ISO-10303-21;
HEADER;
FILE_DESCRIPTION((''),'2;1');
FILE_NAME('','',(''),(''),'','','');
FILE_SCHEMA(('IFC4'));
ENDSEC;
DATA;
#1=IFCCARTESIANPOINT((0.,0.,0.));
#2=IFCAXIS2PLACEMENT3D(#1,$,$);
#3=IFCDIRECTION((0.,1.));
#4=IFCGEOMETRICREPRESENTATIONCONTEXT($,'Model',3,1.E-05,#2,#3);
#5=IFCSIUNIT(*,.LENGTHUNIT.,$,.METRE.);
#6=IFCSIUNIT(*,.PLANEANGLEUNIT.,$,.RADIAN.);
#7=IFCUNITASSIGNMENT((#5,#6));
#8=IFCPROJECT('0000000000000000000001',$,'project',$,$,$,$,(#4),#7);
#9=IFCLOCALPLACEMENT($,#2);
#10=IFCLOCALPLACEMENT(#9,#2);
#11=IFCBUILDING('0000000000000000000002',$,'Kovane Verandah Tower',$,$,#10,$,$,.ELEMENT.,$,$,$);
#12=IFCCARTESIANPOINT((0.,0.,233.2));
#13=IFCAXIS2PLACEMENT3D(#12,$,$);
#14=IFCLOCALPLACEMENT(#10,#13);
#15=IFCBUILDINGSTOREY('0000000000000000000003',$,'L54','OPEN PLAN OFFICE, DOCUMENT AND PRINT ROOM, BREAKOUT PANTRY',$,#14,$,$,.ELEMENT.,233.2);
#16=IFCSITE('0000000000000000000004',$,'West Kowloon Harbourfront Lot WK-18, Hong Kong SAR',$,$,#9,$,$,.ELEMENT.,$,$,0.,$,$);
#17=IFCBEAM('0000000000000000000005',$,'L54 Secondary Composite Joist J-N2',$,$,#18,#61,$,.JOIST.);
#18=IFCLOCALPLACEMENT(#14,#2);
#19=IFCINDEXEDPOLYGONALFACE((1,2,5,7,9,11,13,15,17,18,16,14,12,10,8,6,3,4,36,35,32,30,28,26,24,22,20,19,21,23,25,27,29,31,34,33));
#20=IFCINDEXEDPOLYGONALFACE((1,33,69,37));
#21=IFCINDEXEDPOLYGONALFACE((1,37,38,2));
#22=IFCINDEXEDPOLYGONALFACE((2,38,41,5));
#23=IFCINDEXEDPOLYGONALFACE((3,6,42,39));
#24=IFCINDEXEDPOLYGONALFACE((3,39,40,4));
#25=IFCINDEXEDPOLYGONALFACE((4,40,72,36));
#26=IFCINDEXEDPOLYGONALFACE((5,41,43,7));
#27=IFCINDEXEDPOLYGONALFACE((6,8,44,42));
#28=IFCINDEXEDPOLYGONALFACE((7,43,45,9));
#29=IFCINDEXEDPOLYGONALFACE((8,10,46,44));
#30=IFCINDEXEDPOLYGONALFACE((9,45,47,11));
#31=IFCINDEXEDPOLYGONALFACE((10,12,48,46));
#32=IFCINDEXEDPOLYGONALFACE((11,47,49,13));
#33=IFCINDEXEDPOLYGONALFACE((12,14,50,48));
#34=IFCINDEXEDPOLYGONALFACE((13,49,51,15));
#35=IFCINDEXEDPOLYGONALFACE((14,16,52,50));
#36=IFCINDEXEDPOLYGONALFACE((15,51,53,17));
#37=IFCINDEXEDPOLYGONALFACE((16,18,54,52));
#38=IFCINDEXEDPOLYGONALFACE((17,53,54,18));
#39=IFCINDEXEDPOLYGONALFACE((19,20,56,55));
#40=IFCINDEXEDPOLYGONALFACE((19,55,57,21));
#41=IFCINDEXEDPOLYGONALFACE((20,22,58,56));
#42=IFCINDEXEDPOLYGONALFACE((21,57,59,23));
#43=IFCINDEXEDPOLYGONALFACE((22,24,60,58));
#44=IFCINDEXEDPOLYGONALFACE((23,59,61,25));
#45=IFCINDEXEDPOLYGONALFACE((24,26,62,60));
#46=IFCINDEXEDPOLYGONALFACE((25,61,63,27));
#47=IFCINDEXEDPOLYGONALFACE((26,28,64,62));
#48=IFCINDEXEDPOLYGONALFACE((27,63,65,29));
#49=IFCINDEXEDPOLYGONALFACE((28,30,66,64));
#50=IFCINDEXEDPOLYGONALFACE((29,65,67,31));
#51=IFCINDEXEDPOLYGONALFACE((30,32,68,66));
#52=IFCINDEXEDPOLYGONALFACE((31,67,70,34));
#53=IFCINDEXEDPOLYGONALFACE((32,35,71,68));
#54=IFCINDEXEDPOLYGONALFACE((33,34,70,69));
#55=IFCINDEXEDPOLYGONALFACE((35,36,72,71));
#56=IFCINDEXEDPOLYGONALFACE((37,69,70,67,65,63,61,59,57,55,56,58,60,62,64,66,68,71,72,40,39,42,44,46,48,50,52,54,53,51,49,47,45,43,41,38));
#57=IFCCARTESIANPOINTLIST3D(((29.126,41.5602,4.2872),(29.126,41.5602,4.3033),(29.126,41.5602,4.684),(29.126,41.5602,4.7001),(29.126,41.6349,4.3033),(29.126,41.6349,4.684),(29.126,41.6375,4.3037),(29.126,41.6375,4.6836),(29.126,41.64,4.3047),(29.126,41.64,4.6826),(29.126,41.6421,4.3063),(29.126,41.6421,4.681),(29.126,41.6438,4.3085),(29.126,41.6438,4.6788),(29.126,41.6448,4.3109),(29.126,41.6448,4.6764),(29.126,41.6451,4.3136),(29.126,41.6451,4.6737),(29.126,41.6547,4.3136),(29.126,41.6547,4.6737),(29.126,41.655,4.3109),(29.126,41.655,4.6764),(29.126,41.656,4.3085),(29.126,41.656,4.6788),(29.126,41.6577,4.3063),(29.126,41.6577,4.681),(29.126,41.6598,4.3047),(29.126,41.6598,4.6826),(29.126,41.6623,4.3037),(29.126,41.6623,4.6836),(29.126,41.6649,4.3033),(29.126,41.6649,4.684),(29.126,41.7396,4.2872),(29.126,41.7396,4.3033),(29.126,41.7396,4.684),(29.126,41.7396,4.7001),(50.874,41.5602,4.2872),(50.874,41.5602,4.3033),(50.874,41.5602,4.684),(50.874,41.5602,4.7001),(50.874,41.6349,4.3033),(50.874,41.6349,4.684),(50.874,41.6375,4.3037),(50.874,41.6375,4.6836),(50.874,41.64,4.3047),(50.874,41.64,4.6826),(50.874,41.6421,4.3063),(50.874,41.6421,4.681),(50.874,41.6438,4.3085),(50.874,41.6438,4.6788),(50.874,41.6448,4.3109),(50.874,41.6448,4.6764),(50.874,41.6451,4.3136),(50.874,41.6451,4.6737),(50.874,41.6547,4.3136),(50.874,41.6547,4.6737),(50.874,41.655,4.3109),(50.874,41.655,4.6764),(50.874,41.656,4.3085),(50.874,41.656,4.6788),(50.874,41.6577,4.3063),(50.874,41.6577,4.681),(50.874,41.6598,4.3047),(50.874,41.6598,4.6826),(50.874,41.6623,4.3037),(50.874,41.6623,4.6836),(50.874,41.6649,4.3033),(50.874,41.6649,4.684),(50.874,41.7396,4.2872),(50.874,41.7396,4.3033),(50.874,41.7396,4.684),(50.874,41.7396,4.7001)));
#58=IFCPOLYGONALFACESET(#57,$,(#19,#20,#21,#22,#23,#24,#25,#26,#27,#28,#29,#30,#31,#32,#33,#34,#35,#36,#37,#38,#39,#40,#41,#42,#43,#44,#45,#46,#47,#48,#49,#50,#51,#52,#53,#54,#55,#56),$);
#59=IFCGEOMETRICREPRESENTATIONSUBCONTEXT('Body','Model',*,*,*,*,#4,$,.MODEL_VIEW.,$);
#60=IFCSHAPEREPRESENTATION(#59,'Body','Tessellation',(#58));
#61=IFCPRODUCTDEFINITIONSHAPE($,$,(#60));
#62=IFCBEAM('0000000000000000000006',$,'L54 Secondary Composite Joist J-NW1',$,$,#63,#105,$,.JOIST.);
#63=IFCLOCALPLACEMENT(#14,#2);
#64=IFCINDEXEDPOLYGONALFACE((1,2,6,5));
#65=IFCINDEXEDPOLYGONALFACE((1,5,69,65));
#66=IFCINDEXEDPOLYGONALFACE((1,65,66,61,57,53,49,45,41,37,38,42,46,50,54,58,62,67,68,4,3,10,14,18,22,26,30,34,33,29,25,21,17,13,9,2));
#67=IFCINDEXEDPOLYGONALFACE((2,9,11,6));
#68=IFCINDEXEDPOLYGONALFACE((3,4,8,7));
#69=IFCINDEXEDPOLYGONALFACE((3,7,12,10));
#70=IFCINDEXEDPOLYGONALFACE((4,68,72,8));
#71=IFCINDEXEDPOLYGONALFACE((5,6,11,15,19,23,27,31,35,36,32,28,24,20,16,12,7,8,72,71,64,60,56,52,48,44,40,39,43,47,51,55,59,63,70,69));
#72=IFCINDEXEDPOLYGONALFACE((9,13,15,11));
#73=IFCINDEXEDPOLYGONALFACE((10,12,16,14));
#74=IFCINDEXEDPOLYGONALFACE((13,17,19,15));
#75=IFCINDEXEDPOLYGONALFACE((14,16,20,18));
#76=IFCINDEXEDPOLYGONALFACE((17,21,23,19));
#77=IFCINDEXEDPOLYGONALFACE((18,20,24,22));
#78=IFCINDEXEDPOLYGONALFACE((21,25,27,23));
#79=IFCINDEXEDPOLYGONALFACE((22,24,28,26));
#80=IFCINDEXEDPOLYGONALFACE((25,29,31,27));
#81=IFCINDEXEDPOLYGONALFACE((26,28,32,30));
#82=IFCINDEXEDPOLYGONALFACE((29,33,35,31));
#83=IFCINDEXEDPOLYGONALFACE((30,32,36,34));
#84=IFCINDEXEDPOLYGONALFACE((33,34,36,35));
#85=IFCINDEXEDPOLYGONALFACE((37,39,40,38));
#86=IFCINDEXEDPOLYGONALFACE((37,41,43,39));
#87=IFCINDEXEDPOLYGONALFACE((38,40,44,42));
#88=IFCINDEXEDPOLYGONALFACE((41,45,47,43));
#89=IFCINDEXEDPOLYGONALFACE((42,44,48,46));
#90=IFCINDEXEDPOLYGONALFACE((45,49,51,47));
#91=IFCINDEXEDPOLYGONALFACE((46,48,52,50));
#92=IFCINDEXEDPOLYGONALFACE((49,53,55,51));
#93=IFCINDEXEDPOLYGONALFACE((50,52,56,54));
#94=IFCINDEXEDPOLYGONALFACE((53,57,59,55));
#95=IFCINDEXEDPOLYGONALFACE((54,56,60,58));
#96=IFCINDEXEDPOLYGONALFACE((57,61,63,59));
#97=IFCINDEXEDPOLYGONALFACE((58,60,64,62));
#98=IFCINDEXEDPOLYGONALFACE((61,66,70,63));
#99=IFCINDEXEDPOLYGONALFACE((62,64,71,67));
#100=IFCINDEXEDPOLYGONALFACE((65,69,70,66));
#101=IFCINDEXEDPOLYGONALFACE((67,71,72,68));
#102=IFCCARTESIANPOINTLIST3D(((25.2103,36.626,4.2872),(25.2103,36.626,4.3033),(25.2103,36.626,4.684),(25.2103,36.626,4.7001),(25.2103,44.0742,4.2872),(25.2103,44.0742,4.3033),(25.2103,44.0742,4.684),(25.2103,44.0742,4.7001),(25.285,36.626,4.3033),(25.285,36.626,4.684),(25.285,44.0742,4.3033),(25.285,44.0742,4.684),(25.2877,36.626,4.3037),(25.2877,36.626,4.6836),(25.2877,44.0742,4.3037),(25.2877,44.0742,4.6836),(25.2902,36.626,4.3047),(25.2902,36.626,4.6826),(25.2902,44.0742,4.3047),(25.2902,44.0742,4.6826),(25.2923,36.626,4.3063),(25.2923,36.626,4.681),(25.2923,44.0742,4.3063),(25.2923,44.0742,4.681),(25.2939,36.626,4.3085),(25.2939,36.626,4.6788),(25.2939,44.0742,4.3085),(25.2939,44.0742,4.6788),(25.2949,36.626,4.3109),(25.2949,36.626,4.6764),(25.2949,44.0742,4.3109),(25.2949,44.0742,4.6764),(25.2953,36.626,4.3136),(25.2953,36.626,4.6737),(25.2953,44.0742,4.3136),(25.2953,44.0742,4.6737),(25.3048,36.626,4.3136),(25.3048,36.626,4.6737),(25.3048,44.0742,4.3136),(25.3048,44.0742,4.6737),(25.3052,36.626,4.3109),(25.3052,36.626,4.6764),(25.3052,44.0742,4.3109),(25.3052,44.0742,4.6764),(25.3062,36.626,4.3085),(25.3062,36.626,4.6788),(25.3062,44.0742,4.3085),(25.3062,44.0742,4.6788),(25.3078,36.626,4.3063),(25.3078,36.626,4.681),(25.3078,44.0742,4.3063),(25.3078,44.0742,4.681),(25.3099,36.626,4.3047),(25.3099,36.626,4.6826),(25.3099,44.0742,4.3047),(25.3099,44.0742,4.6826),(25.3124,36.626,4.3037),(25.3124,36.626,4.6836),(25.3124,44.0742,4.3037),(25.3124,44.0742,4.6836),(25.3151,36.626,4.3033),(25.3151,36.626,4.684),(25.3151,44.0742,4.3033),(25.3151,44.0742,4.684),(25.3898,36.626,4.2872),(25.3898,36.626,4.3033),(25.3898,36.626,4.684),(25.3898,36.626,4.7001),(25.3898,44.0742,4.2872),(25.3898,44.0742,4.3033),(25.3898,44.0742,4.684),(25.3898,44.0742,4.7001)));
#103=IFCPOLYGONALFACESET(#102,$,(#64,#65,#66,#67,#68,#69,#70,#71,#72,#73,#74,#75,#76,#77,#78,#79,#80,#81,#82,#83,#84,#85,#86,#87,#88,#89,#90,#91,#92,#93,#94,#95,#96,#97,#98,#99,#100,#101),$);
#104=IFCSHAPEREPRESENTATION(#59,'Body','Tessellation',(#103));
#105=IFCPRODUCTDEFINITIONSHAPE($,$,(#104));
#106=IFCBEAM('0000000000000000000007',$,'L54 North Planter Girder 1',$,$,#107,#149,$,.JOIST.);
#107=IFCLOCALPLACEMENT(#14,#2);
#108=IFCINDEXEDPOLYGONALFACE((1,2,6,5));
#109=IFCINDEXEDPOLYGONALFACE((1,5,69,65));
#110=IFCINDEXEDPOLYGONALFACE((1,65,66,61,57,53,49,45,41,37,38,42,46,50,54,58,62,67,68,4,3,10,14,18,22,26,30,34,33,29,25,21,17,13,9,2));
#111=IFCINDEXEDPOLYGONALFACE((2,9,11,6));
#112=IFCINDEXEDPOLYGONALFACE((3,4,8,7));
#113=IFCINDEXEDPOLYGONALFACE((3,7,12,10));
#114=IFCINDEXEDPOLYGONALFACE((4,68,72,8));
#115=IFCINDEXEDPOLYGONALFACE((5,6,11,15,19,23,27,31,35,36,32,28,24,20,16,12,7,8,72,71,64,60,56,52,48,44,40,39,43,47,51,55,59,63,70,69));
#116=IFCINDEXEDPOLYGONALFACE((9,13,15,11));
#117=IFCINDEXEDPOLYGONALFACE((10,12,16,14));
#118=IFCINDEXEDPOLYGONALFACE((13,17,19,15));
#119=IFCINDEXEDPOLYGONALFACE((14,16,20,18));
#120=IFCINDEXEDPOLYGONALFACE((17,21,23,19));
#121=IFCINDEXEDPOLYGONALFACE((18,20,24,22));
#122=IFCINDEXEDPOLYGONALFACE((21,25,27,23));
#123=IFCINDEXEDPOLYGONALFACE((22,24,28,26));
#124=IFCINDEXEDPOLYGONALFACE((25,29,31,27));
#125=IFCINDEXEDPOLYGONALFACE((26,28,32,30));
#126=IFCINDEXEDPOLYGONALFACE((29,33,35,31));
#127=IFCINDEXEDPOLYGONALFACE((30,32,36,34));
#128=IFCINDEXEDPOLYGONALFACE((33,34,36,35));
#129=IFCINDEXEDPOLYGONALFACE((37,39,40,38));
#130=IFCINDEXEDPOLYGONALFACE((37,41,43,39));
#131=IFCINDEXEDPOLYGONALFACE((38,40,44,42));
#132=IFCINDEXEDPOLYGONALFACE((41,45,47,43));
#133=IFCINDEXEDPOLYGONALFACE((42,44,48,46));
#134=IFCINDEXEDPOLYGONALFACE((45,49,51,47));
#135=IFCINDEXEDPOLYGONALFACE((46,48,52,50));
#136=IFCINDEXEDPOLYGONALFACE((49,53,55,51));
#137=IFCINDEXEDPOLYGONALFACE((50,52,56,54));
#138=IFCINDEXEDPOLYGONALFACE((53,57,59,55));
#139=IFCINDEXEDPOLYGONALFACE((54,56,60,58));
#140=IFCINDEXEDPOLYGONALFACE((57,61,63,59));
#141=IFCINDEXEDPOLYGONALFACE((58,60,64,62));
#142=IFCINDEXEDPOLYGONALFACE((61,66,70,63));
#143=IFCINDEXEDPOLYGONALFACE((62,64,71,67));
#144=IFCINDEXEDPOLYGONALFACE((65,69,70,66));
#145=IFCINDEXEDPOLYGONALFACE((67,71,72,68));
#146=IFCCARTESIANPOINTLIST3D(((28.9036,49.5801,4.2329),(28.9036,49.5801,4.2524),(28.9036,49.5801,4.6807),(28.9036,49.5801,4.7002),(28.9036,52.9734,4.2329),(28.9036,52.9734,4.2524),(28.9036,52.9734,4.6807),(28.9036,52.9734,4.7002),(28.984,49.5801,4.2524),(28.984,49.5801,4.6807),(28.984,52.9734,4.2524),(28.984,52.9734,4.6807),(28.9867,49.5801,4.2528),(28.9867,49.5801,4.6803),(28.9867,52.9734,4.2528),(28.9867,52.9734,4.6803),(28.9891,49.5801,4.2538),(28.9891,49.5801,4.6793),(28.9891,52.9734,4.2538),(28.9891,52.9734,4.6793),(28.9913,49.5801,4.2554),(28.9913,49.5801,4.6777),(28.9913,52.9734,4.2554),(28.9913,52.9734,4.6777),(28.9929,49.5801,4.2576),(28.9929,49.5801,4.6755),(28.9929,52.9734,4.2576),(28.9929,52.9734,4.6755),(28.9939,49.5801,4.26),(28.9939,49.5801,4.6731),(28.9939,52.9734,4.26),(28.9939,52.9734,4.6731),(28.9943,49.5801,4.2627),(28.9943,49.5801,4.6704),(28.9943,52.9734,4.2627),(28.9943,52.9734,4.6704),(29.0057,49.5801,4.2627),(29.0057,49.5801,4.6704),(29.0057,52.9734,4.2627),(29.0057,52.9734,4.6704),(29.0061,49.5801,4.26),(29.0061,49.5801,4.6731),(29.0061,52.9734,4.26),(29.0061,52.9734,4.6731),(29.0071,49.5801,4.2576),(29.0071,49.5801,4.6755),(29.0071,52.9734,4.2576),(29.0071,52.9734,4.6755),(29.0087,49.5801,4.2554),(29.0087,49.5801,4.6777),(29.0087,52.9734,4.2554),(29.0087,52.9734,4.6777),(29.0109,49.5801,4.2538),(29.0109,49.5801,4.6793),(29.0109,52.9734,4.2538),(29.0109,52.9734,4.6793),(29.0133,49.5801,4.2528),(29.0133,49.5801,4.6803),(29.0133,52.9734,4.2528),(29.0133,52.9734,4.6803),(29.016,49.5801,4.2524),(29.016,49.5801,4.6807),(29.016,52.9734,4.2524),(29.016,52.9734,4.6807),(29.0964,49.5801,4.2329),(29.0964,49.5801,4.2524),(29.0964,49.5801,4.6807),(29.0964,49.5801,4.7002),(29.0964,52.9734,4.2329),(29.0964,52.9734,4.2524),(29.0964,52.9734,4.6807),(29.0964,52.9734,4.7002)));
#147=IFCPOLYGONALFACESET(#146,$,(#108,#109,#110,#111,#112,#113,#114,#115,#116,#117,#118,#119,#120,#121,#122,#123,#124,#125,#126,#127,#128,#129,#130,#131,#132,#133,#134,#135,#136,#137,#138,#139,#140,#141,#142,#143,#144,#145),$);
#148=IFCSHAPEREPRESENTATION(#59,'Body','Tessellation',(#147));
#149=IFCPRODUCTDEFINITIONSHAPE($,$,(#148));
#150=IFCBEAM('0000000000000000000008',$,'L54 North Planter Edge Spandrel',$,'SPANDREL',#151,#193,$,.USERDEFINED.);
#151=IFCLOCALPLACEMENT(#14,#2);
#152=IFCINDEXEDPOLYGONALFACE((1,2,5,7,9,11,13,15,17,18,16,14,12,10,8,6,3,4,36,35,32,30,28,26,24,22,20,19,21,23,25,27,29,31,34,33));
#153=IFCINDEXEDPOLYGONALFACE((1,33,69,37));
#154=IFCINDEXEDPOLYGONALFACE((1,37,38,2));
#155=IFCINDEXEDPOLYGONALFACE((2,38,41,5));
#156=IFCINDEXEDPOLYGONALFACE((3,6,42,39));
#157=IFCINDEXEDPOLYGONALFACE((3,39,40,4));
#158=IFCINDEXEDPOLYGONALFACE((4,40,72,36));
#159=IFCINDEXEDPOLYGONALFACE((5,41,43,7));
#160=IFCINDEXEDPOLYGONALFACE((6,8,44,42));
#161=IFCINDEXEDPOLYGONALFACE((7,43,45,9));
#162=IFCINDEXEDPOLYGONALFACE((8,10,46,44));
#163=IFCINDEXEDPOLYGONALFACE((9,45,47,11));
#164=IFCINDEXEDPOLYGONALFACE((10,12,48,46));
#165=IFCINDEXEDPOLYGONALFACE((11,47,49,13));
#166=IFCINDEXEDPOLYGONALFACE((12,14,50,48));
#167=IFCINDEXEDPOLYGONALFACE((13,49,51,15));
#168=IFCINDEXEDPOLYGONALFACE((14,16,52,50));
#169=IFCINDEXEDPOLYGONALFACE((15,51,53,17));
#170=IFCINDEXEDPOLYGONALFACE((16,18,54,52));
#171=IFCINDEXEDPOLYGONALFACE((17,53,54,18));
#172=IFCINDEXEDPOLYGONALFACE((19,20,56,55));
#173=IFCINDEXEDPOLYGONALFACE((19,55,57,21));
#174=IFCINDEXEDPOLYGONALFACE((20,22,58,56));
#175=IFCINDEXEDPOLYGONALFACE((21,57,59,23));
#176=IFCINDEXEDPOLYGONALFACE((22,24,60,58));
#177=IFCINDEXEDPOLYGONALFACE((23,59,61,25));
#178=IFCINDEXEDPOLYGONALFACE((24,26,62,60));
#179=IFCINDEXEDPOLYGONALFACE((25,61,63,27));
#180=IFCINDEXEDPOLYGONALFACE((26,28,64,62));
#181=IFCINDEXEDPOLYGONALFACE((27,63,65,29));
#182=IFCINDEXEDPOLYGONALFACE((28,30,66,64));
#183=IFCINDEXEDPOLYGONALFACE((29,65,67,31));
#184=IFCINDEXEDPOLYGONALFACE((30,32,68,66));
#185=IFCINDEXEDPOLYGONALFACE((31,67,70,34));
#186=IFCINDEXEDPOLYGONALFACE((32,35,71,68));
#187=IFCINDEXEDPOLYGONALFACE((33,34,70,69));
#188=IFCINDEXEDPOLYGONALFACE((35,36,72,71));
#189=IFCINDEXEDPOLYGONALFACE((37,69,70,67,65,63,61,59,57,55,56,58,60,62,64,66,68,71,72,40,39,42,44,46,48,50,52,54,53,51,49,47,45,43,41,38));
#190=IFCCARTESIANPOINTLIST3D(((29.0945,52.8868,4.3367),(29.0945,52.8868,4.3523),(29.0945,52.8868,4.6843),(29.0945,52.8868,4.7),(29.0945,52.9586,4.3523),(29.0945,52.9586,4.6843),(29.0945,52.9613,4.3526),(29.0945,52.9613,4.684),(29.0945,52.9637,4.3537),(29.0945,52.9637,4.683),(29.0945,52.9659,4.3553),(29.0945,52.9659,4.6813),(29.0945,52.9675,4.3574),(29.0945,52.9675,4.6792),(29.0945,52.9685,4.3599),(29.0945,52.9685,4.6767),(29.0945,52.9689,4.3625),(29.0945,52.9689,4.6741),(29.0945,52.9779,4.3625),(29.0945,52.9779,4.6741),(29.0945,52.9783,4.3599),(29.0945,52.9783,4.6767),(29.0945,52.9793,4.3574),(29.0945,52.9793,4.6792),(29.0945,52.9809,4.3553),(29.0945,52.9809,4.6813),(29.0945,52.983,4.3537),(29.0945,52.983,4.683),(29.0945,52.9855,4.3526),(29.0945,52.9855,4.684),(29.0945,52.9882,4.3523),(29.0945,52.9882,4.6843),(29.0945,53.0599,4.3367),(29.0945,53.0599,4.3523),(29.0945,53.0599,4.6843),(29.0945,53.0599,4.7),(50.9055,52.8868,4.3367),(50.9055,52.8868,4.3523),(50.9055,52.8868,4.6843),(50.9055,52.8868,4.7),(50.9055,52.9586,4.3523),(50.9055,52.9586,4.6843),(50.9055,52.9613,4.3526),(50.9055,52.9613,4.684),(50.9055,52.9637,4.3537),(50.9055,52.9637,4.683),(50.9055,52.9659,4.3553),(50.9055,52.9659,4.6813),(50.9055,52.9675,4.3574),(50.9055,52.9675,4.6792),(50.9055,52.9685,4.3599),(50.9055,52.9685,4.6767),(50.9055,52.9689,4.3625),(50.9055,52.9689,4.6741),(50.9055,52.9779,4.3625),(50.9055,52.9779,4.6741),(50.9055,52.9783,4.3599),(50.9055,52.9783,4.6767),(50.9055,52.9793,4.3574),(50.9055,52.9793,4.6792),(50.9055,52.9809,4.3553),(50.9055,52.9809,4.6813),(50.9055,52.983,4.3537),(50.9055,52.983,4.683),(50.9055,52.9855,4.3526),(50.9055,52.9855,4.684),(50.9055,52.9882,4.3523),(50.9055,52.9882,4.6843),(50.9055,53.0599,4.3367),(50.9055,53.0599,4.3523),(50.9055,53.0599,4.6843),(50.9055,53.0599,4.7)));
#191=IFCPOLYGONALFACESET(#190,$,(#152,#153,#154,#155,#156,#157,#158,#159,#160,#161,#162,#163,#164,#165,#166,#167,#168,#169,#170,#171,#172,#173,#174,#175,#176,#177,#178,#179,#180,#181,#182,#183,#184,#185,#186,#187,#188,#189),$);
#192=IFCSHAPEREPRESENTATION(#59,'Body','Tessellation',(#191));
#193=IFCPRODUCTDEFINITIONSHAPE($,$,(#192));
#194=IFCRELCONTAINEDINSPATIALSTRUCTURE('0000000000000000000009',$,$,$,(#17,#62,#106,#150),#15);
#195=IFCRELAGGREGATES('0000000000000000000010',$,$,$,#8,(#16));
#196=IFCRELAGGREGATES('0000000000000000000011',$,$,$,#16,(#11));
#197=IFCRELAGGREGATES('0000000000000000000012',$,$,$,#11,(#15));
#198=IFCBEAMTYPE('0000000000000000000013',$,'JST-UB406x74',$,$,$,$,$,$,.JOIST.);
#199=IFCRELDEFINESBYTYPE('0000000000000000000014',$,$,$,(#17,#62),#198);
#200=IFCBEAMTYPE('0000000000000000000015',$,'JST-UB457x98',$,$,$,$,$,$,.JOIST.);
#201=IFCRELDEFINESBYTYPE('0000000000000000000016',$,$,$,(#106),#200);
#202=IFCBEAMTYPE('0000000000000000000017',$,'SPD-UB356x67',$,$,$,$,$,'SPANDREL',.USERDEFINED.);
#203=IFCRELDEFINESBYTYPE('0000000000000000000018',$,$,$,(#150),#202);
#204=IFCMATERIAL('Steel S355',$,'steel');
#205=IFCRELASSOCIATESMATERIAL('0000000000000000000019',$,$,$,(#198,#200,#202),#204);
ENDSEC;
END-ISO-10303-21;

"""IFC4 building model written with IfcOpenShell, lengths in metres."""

from ifc_helpers import new_model, si_unit, direction, frame, origin, origin_2d, place, context, subcontext, project, spatial, i_section, extrude, material, material_profile, profile_set, type_object, element, save


model = new_model("IFC4")

# Units and contexts
model_context = context("Model", 3, precision=1e-05, world=origin(), true_north=direction((0.0, 1.0)))
body_context = subcontext(model_context, "Body", "Model", "MODEL_VIEW")
ifc_project = project(units=[si_unit("LENGTHUNIT", "METRE"), si_unit("PLANEANGLEUNIT", "RADIAN")], contexts=[model_context])

# Site, building, storey
site_placement = place(None, origin())
site = spatial("IfcSite", under=ifc_project, at=site_placement, Name="West Kowloon Harbourfront Lot WK-18, Hong Kong SAR", CompositionType="ELEMENT", RefElevation=0.0)
building_placement = place(site_placement, origin())
building = spatial("IfcBuilding", under=site, at=building_placement, Name="Kovane Verandah Tower", CompositionType="ELEMENT")
storey_placement = place(building_placement, frame((0.0, 0.0, 233.2)))
storey = spatial("IfcBuildingStorey", under=building, at=storey_placement, Name="L54", Description="OPEN PLAN OFFICE, DOCUMENT AND PRINT ROOM, BREAKOUT PANTRY", CompositionType="ELEMENT", Elevation=233.2)

# Beams
ifc_material_1 = material(Name="Steel S355", Category="steel")
ifc_material_profile_1 = material_profile(ifc_material_1, i_section(OverallWidth=0.1794, OverallDepth=0.4128, WebThickness=0.0095, FlangeThickness=0.0161, FilletRadius=0.0103, at=origin_2d()), Name="UB406x178x74")
ifc_profile_set_1 = profile_set([ifc_material_profile_1], Name="Steel S355")
beam_type_1 = type_object("IfcBeamType", Name="JST-UB406x74", PredefinedType="JOIST", material=ifc_profile_set_1)
for number, where, z_axis, x_axis, name in (
    (1, (29.126, 41.6499, 4.4937), (1.0, 0.0, 0.0), (0.0, 1.0, 0.0), "L54 Secondary Composite Joist J-N2"),
):
    element("IfcBeam", number, at=place(storey_placement, frame(where, z_axis=z_axis, x_axis=x_axis)), inside=storey, type_object=beam_type_1, Name=name, PredefinedType="JOIST", context=body_context, shape_type="SweptSolid", body=[
        extrude(i_section(OverallWidth=0.1794, OverallDepth=0.4128, WebThickness=0.0095, FlangeThickness=0.0161, FilletRadius=0.0103, at=origin_2d()), origin(), (0.0, 0.0, 1.0), 21.748),
    ])
beam_1_placement = place(storey_placement, frame((25.3, 36.626, 4.4937), z_axis=(0.0, 1.0, 0.0), x_axis=(-1.0, 0.0, 0.0)))
element("IfcBeam", 2, at=beam_1_placement, inside=storey, type_object=beam_type_1, Name="L54 Secondary Composite Joist J-NW1", PredefinedType="JOIST", context=body_context, shape_type="SweptSolid", body=[
    extrude(i_section(OverallWidth=0.1794, OverallDepth=0.4128, WebThickness=0.0095, FlangeThickness=0.0161, FilletRadius=0.0103, at=origin_2d()), origin(), (0.0, 0.0, 1.0), 7.4482),
])
ifc_material_profile_2 = material_profile(ifc_material_1, i_section(OverallWidth=0.1929, OverallDepth=0.4673, WebThickness=0.0115, FlangeThickness=0.0195, FilletRadius=0.0103, at=origin_2d()), Name="UB457x191x98")
ifc_profile_set_2 = profile_set([ifc_material_profile_2], Name="Steel S355")
beam_type_2 = type_object("IfcBeamType", Name="JST-UB457x98", PredefinedType="JOIST", material=ifc_profile_set_2)
beam_2_placement = place(storey_placement, frame((29.0, 49.5801, 4.4666), z_axis=(0.0, 1.0, 0.0), x_axis=(-1.0, 0.0, 0.0)))
element("IfcBeam", 3, at=beam_2_placement, inside=storey, type_object=beam_type_2, Name="L54 North Planter Girder 1", PredefinedType="JOIST", context=body_context, shape_type="SweptSolid", body=[
    extrude(i_section(OverallWidth=0.1929, OverallDepth=0.4673, WebThickness=0.0115, FlangeThickness=0.0195, FilletRadius=0.0103, at=origin_2d()), origin(), (0.0, 0.0, 1.0), 3.3933),
])
ifc_material_profile_3 = material_profile(ifc_material_1, i_section(OverallWidth=0.1731, OverallDepth=0.3633, WebThickness=0.009, FlangeThickness=0.0156, FilletRadius=0.0103, at=origin_2d()), Name="UB356x171x67")
ifc_profile_set_3 = profile_set([ifc_material_profile_3], Name="Steel S355")
beam_type_3 = type_object("IfcBeamType", Name="SPD-UB356x67", ElementType="SPANDREL", PredefinedType="USERDEFINED", material=ifc_profile_set_3)
beam_3_placement = place(storey_placement, frame((29.0945, 52.9734, 4.5183), z_axis=(1.0, 0.0, 0.0), x_axis=(0.0, 1.0, 0.0)))
element("IfcBeam", 4, at=beam_3_placement, inside=storey, type_object=beam_type_3, Name="L54 North Planter Edge Spandrel", ObjectType="SPANDREL", PredefinedType="USERDEFINED", context=body_context, shape_type="SweptSolid", body=[
    extrude(i_section(OverallWidth=0.1731, OverallDepth=0.3633, WebThickness=0.009, FlangeThickness=0.0156, FilletRadius=0.0103, at=origin_2d()), origin(), (0.0, 0.0, 1.0), 21.811),
])

save(model, "model.ifc")
